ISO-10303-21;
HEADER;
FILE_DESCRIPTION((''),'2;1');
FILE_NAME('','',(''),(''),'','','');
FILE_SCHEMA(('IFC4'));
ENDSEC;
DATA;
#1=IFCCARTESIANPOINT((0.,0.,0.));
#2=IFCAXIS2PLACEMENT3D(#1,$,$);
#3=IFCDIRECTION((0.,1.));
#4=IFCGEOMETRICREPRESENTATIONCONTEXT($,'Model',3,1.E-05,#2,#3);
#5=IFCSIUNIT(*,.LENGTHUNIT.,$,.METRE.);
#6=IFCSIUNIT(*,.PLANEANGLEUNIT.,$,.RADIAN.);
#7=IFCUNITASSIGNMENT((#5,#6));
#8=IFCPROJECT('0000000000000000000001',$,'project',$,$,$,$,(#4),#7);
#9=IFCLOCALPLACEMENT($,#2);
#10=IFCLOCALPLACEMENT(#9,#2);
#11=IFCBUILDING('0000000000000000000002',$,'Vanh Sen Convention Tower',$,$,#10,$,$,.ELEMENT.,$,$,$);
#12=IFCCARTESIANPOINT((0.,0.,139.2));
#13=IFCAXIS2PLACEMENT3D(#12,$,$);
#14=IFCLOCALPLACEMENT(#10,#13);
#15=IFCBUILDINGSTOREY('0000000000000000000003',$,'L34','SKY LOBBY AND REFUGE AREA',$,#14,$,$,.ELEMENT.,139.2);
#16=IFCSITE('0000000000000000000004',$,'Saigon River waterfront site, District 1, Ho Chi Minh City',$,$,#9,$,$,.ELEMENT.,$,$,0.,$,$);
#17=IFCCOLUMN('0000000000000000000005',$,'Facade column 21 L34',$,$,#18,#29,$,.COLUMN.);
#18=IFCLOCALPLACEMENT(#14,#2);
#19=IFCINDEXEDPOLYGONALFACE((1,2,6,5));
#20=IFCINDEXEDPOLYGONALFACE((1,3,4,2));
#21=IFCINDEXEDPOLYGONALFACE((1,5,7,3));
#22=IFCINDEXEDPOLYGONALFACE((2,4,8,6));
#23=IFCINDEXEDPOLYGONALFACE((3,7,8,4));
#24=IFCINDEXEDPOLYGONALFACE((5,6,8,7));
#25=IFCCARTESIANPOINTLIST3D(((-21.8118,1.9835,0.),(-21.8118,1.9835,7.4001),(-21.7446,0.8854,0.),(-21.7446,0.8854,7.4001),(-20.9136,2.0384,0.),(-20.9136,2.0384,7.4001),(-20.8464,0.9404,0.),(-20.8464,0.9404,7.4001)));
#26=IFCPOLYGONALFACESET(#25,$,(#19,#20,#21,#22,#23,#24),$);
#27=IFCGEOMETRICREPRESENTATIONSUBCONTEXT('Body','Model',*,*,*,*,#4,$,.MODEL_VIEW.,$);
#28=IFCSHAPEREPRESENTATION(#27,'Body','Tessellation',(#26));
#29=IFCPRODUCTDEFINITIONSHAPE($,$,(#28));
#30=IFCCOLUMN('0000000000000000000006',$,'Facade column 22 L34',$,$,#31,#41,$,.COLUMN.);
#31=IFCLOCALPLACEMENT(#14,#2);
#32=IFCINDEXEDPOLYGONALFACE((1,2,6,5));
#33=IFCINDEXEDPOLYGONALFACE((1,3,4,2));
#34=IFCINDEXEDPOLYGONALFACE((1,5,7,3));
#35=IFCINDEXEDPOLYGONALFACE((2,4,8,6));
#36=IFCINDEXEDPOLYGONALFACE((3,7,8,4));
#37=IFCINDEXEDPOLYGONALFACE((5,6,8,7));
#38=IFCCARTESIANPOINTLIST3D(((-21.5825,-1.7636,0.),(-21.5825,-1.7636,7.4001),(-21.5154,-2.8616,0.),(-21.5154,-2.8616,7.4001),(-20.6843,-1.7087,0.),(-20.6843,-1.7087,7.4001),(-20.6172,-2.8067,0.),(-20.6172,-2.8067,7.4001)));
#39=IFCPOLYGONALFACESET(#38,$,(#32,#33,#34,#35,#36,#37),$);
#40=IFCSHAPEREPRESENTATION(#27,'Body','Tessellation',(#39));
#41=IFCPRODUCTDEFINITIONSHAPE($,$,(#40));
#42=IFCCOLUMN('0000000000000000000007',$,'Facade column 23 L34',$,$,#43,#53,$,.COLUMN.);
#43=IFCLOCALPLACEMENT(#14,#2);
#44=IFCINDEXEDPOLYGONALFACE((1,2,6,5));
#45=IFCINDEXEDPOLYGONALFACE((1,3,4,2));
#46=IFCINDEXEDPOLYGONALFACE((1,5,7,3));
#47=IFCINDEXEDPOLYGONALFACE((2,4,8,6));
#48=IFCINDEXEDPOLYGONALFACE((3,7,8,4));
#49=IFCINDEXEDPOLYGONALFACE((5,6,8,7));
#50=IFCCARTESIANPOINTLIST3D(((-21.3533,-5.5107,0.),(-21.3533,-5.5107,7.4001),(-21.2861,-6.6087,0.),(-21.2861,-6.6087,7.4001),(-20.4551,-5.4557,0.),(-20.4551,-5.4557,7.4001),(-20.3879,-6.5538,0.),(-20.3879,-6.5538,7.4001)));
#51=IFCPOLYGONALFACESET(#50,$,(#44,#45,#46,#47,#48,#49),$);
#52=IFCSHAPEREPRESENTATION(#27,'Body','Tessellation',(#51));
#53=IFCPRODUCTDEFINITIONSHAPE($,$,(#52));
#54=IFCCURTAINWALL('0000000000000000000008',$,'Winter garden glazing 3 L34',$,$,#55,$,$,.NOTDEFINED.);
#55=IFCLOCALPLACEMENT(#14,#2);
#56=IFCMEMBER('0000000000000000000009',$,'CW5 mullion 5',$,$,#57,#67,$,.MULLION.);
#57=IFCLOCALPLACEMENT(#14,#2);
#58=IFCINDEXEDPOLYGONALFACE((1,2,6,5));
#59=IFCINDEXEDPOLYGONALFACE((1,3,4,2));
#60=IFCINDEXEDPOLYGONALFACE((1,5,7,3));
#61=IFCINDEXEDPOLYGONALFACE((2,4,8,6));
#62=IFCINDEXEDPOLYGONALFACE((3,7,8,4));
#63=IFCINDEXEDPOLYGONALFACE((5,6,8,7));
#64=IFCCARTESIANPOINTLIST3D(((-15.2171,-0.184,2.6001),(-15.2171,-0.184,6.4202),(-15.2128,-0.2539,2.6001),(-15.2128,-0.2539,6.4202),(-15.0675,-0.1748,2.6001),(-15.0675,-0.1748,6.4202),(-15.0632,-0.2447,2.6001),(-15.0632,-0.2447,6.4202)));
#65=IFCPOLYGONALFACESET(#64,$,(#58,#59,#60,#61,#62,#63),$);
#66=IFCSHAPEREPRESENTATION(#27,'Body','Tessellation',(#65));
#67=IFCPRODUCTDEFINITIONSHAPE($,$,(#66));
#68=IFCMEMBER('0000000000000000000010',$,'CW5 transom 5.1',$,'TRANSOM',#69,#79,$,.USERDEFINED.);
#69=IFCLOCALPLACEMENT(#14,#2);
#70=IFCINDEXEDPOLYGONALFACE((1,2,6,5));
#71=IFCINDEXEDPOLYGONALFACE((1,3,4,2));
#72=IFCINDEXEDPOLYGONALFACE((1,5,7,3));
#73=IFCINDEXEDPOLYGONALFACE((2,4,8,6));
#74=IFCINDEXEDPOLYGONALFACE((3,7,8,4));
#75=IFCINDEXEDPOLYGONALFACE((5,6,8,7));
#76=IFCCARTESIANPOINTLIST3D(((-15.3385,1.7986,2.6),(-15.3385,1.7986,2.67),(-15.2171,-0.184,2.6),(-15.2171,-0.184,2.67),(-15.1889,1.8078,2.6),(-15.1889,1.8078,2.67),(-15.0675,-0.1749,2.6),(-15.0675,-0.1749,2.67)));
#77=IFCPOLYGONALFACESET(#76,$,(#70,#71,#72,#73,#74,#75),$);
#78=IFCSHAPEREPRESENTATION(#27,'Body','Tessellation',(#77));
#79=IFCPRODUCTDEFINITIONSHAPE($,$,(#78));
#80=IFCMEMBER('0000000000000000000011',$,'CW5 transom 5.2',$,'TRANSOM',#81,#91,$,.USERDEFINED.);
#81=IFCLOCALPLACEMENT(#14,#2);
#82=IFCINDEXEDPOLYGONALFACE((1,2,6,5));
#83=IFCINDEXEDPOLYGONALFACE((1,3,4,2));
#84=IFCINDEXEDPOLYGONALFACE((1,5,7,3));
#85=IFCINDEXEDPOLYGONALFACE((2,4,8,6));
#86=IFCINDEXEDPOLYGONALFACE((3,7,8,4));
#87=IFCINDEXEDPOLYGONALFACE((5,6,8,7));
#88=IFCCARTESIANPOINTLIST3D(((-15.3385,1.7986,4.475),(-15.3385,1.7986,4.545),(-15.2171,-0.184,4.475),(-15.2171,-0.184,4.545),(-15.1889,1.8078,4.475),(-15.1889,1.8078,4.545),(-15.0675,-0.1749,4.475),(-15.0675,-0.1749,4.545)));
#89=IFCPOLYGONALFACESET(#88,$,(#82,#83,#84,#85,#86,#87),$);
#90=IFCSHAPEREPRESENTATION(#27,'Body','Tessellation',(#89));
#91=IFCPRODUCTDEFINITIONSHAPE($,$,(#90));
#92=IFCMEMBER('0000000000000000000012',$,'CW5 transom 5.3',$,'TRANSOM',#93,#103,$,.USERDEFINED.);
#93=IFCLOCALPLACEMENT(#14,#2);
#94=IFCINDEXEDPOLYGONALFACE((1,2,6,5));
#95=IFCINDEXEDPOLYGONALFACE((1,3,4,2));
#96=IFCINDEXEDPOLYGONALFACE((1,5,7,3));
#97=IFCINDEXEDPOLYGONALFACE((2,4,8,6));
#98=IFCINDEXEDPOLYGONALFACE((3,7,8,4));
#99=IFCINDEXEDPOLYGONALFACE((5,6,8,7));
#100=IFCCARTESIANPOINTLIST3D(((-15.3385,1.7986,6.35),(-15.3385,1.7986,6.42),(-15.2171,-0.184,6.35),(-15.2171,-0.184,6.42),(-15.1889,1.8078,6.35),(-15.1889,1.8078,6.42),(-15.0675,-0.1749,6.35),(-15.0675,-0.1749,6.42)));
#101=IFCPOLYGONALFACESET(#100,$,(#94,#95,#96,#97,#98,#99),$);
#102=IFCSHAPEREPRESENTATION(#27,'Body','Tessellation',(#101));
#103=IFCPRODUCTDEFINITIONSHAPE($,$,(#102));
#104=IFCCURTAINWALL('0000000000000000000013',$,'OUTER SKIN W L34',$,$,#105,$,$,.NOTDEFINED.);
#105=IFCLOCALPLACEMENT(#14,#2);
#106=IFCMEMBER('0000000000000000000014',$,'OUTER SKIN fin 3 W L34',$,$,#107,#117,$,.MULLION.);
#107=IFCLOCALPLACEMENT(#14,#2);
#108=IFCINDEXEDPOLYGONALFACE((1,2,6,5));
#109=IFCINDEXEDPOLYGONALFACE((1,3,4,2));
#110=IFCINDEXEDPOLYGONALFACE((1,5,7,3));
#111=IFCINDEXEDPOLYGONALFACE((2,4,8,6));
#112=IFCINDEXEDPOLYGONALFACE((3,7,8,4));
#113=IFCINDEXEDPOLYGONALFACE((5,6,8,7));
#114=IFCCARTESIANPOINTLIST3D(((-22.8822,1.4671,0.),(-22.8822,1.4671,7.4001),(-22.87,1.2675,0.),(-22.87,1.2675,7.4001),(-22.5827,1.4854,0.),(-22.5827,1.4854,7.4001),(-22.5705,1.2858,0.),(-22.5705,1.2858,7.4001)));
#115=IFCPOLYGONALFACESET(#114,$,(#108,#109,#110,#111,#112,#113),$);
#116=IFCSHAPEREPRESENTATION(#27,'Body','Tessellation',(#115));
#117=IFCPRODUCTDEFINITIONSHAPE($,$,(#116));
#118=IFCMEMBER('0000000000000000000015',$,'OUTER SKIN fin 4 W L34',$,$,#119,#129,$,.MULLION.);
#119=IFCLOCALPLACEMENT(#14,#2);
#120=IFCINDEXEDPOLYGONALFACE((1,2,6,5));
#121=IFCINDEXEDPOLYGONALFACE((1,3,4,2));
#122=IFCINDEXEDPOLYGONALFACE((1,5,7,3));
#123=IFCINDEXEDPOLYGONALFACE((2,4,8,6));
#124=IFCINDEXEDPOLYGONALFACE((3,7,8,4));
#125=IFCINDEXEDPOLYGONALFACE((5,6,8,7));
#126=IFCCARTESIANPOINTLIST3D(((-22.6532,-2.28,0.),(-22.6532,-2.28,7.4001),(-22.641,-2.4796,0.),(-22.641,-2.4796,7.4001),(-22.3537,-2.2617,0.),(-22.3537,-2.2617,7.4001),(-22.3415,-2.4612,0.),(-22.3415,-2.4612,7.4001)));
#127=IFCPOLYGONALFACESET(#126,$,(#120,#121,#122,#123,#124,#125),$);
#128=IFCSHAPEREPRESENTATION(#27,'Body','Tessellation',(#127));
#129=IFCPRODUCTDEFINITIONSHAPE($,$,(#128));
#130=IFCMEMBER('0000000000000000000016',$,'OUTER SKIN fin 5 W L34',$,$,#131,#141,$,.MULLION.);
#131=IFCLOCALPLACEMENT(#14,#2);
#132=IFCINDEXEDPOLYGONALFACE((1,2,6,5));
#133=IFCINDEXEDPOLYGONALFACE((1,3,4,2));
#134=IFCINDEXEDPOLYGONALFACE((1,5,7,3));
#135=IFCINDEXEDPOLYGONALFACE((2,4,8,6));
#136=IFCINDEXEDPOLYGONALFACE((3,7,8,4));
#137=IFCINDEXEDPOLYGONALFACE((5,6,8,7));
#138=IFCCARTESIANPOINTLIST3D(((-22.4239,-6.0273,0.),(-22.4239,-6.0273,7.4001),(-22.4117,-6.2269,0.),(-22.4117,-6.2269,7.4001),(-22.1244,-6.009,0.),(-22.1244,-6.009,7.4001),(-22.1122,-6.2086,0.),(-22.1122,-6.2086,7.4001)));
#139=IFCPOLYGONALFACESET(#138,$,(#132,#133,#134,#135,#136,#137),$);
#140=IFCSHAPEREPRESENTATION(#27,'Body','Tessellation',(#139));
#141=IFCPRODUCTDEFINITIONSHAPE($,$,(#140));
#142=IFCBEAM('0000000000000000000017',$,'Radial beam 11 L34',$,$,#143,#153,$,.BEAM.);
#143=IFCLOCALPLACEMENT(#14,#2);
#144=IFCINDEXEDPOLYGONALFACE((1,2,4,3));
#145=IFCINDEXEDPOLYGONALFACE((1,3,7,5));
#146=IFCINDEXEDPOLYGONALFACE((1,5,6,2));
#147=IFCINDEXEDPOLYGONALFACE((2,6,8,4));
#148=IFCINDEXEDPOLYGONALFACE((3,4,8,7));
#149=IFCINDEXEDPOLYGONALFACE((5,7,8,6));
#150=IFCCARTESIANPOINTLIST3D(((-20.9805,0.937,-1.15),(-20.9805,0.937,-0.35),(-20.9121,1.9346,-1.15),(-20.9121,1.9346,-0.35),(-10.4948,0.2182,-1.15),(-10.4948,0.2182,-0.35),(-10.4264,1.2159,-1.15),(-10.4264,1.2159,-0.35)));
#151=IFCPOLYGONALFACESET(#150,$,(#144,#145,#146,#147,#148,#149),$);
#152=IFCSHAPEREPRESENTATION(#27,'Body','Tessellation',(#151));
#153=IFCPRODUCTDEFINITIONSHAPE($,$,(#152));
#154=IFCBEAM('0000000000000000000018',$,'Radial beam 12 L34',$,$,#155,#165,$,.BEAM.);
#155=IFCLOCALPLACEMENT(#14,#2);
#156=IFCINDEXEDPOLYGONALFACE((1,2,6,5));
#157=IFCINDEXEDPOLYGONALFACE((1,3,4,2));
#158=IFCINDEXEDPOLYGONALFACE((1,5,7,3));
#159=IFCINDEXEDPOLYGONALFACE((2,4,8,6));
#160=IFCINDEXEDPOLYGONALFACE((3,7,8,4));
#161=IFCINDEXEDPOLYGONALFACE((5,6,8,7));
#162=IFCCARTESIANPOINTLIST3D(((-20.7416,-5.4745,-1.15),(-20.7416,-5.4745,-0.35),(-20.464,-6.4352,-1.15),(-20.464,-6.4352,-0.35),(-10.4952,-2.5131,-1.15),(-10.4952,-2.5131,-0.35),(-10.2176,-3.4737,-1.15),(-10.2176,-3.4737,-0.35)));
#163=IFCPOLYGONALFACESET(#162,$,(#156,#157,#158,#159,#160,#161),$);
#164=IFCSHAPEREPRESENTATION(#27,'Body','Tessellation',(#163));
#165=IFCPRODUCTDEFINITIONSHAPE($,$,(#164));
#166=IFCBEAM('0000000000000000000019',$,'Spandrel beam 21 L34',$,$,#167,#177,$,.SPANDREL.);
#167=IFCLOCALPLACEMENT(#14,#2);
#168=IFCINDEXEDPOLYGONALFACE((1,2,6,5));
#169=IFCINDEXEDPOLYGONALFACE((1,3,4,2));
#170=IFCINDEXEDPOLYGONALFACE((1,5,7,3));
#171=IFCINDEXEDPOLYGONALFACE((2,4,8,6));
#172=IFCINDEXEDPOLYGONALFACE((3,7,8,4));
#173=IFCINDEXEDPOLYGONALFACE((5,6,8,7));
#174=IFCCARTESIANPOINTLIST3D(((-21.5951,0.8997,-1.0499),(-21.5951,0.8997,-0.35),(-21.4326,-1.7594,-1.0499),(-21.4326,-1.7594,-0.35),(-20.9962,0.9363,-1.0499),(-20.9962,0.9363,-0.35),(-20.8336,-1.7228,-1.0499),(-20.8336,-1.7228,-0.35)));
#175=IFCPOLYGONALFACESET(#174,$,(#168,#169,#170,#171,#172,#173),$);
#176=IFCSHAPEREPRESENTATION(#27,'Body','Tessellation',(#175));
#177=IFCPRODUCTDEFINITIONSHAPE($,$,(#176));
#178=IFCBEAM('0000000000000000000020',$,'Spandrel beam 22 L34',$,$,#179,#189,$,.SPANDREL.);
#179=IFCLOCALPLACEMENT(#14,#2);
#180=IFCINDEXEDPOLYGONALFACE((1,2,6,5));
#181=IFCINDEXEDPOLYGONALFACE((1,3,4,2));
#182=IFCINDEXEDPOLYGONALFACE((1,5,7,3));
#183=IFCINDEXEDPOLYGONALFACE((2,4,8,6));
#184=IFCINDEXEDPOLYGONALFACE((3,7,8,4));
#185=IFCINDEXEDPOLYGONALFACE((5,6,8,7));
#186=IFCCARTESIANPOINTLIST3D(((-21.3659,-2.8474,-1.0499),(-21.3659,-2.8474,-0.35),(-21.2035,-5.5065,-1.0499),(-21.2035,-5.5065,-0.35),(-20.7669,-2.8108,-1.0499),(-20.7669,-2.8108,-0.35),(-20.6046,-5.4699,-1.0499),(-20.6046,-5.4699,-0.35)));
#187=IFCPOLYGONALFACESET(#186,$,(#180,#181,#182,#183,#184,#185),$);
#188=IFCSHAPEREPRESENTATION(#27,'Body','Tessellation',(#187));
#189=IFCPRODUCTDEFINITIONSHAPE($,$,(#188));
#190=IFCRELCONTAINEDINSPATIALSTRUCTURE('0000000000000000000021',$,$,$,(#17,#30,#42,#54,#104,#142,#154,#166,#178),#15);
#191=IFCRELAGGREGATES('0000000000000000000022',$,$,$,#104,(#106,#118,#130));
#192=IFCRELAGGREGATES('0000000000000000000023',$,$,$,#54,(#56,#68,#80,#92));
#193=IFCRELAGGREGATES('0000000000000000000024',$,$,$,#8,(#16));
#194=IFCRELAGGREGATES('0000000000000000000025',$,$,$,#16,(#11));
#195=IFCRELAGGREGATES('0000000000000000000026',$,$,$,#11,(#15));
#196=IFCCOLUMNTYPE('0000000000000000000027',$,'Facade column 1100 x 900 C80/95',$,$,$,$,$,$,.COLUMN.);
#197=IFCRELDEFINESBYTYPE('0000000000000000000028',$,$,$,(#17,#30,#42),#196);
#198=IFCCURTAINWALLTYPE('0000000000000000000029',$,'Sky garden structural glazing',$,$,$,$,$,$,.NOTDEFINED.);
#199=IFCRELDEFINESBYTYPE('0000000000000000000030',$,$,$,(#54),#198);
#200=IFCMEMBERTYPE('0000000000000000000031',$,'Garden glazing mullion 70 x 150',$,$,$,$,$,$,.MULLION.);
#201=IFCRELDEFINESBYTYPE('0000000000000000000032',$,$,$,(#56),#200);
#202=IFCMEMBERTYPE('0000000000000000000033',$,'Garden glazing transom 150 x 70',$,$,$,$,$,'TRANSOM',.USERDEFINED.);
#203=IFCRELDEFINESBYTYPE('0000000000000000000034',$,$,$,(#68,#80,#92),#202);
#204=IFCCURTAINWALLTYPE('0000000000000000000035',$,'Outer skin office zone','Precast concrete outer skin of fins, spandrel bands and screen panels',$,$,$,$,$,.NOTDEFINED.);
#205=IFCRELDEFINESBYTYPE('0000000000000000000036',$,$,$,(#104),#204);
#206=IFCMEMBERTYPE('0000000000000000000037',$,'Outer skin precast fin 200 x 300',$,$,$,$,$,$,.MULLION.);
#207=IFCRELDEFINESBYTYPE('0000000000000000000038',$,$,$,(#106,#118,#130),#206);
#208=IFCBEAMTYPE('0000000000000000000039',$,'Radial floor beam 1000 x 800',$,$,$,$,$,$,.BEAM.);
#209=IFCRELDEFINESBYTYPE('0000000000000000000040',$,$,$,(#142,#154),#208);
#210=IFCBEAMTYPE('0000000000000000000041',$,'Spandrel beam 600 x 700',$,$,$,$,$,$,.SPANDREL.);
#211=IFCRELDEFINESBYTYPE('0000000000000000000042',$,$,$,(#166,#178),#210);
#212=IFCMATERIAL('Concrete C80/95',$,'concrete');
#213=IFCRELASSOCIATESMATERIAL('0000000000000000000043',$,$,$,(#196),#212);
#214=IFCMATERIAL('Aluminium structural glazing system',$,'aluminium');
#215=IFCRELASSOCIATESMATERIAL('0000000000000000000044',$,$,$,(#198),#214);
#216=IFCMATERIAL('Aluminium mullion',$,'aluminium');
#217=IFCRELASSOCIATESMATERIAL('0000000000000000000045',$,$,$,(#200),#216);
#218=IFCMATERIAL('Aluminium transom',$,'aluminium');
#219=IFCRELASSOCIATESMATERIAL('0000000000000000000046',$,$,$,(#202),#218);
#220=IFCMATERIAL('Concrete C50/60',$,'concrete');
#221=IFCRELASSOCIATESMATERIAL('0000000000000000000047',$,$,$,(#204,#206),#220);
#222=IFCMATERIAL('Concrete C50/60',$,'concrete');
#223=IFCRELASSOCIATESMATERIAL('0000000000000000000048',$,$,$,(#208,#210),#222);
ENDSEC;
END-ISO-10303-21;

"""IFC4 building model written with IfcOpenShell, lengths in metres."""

from ifc_helpers import new_model, si_unit, direction, frame, origin, origin_2d, place, context, subcontext, project, spatial, rectangle, extrude, material, material_profile, profile_set, type_object, element, aggregate, save


model = new_model("IFC4")

# Units and contexts
model_context = context("Model", 3, precision=1e-05, world=origin(), true_north=direction((0.0, 1.0)))
body_context = subcontext(model_context, "Body", "Model", "MODEL_VIEW")
ifc_project = project(units=[si_unit("LENGTHUNIT", "METRE"), si_unit("PLANEANGLEUNIT", "RADIAN")], contexts=[model_context])

# Site, building, storey
site_placement = place(None, origin())
site = spatial("IfcSite", under=ifc_project, at=site_placement, Name="Saigon River waterfront site, District 1, Ho Chi Minh City", CompositionType="ELEMENT", RefElevation=0.0)
building_placement = place(site_placement, origin())
building = spatial("IfcBuilding", under=site, at=building_placement, Name="Vanh Sen Convention Tower", CompositionType="ELEMENT")
storey_placement = place(building_placement, frame((0.0, 0.0, 139.2)))
storey = spatial("IfcBuildingStorey", under=building, at=storey_placement, Name="L34", Description="SKY LOBBY AND REFUGE AREA", CompositionType="ELEMENT", Elevation=139.2)

# Columns
ifc_material_1 = material(Name="Concrete C80/95", Category="concrete")
ifc_material_profile_1 = material_profile(ifc_material_1, rectangle(XDim=1.1001, YDim=0.8999, at=origin_2d()), Name="RC 1100X900")
ifc_profile_set_1 = profile_set([ifc_material_profile_1], Name="Concrete C80/95")
column_type = type_object("IfcColumnType", Name="Facade column 1100 x 900 C80/95", PredefinedType="COLUMN", material=ifc_profile_set_1)
for number, where, z_axis, x_axis, name in (
    (1, (-21.3291, 1.4619, 0.0), (0.0, 0.0, 1.0), (0.061049, -0.998135, 0.0), "Facade column 21 L34"),
    (2, (-21.0999, -2.2852, 0.0), (0.0, 0.0, 1.0), (0.061049, -0.998135, 0.0), "Facade column 22 L34"),
    (3, (-20.8706, -6.0322, 0.0), (0.0, 0.0, 1.0), (0.061049, -0.998135, 0.0), "Facade column 23 L34"),
):
    element("IfcColumn", number, at=place(storey_placement, frame(where, z_axis=z_axis, x_axis=x_axis)), inside=storey, type_object=column_type, Name=name, PredefinedType="COLUMN", context=body_context, shape_type="SweptSolid", body=[
        extrude(rectangle(XDim=1.1001, YDim=0.8999, at=origin_2d()), origin(), (0.0, 0.0, 1.0), 7.4001),
    ])

# Curtain walls, members
ifc_material_2 = material(Name="Aluminium structural glazing system", Category="aluminium")
curtain_wall_type_1 = type_object("IfcCurtainWallType", Name="Sky garden structural glazing", PredefinedType="NOTDEFINED", material=ifc_material_2)
curtain_wall_1_placement = place(storey_placement, origin())
curtain_wall_1 = element("IfcCurtainWall", 4, at=curtain_wall_1_placement, inside=storey, type_object=curtain_wall_type_1, Name="Winter garden glazing 3 L34", PredefinedType="NOTDEFINED")
ifc_material_3 = material(Name="Aluminium mullion", Category="aluminium")
ifc_material_profile_2 = material_profile(ifc_material_3, rectangle(XDim=0.1499, YDim=0.0701, at=origin_2d()), Name="Garden glazing mullion 70 x 150")
ifc_profile_set_2 = profile_set([ifc_material_profile_2], Name="Aluminium mullion")
member_type_1 = type_object("IfcMemberType", Name="Garden glazing mullion 70 x 150", PredefinedType="MULLION", material=ifc_profile_set_2)
member_1_placement = place(storey_placement, frame((-15.1401, -0.2144, 2.6001), z_axis=(0.0, 0.0, 1.0), x_axis=(-0.998135, -0.061047, 0.0)))
member_1 = element("IfcMember", 5, at=member_1_placement, type_object=member_type_1, Name="CW5 mullion 5", PredefinedType="MULLION", context=body_context, shape_type="SweptSolid", body=[
    extrude(rectangle(XDim=0.1499, YDim=0.0701, at=origin_2d()), origin(), (0.0, 0.0, 1.0), 3.8201),
])
ifc_material_4 = material(Name="Aluminium transom", Category="aluminium")
ifc_material_profile_3 = material_profile(ifc_material_4, rectangle(XDim=0.1499, YDim=0.0701, at=origin_2d()), Name="Garden glazing transom 150 x 70")
ifc_profile_set_3 = profile_set([ifc_material_profile_3], Name="Aluminium transom")
member_type_2 = type_object("IfcMemberType", Name="Garden glazing transom 150 x 70", ElementType="TRANSOM", PredefinedType="USERDEFINED", material=ifc_profile_set_3)
member_2_placement = place(storey_placement, frame((-15.1423, -0.1794, 2.635), z_axis=(-0.061085, 0.998133, 0.0), x_axis=(-0.998133, -0.061085, 0.0)))
member_2 = element("IfcMember", 6, at=member_2_placement, type_object=member_type_2, Name="CW5 transom 5.1", ObjectType="TRANSOM", PredefinedType="USERDEFINED", context=body_context, shape_type="SweptSolid", body=[
    extrude(rectangle(XDim=0.1499, YDim=0.0701, at=origin_2d()), origin(), (0.0, 0.0, 1.0), 1.9863),
])
member_3_placement = place(storey_placement, frame((-15.1423, -0.1794, 4.51), z_axis=(-0.061085, 0.998133, 0.0), x_axis=(-0.998133, -0.061085, 0.0)))
member_3 = element("IfcMember", 7, at=member_3_placement, type_object=member_type_2, Name="CW5 transom 5.2", ObjectType="TRANSOM", PredefinedType="USERDEFINED", context=body_context, shape_type="SweptSolid", body=[
    extrude(rectangle(XDim=0.1499, YDim=0.0701, at=origin_2d()), origin(), (0.0, 0.0, 1.0), 1.9863),
])
member_4_placement = place(storey_placement, frame((-15.1423, -0.1794, 6.385), z_axis=(-0.061085, 0.998133, 0.0), x_axis=(-0.998133, -0.061085, 0.0)))
member_4 = element("IfcMember", 8, at=member_4_placement, type_object=member_type_2, Name="CW5 transom 5.3", ObjectType="TRANSOM", PredefinedType="USERDEFINED", context=body_context, shape_type="SweptSolid", body=[
    extrude(rectangle(XDim=0.1499, YDim=0.0701, at=origin_2d()), origin(), (0.0, 0.0, 1.0), 1.9863),
])
ifc_material_5 = material(Name="Concrete C50/60", Category="concrete")
curtain_wall_type_2 = type_object("IfcCurtainWallType", Name="Outer skin office zone", Description="Precast concrete outer skin of fins, spandrel bands and screen panels", PredefinedType="NOTDEFINED", material=ifc_material_5)
curtain_wall_2_placement = place(storey_placement, origin())
curtain_wall_2 = element("IfcCurtainWall", 9, at=curtain_wall_2_placement, inside=storey, type_object=curtain_wall_type_2, Name="OUTER SKIN W L34", PredefinedType="NOTDEFINED")
ifc_material_profile_4 = material_profile(ifc_material_5, rectangle(XDim=0.2, YDim=0.3, at=origin_2d()), Name="Outer skin precast fin 200 x 300")
ifc_profile_set_4 = profile_set([ifc_material_profile_4], Name="Concrete C50/60")
member_type_3 = type_object("IfcMemberType", Name="Outer skin precast fin 200 x 300", PredefinedType="MULLION", material=ifc_profile_set_4)
member_5_placement = place(storey_placement, frame((-22.7263, 1.3765, 0.0), z_axis=(0.0, 0.0, 1.0), x_axis=(0.061049, -0.998135, 0.0)))
member_5 = element("IfcMember", 10, at=member_5_placement, type_object=member_type_3, Name="OUTER SKIN fin 3 W L34", PredefinedType="MULLION", context=body_context, shape_type="SweptSolid", body=[
    extrude(rectangle(XDim=0.2, YDim=0.3, at=origin_2d()), origin(), (0.0, 0.0, 1.0), 7.4001),
])
member_6_placement = place(storey_placement, frame((-22.4973, -2.3706, 0.0), z_axis=(0.0, 0.0, 1.0), x_axis=(0.061049, -0.998135, 0.0)))
member_6 = element("IfcMember", 11, at=member_6_placement, type_object=member_type_3, Name="OUTER SKIN fin 4 W L34", PredefinedType="MULLION", context=body_context, shape_type="SweptSolid", body=[
    extrude(rectangle(XDim=0.2, YDim=0.3, at=origin_2d()), origin(), (0.0, 0.0, 1.0), 7.4001),
])
member_7_placement = place(storey_placement, frame((-22.2681, -6.1179, 0.0), z_axis=(0.0, 0.0, 1.0), x_axis=(0.061049, -0.998135, 0.0)))
member_7 = element("IfcMember", 12, at=member_7_placement, type_object=member_type_3, Name="OUTER SKIN fin 5 W L34", PredefinedType="MULLION", context=body_context, shape_type="SweptSolid", body=[
    extrude(rectangle(XDim=0.2, YDim=0.3, at=origin_2d()), origin(), (0.0, 0.0, 1.0), 7.4001),
])
aggregate(curtain_wall_2, [member_5, member_6, member_7])

# Beams
ifc_material_6 = material(Name="Concrete C50/60", Category="concrete")
ifc_material_profile_5 = material_profile(ifc_material_6, rectangle(XDim=1.0, YDim=0.8, at=origin_2d()), Name="RC 1000X800")
ifc_profile_set_5 = profile_set([ifc_material_profile_5], Name="Concrete C50/60")
beam_type_1 = type_object("IfcBeamType", Name="Radial floor beam 1000 x 800", PredefinedType="BEAM", material=ifc_profile_set_5)
beam_1_placement = place(storey_placement, frame((-20.9463, 1.4358, -0.75), z_axis=(0.997659, -0.068386, 0.0), x_axis=(0.068386, 0.997659, 0.0)))
element("IfcBeam", 13, at=beam_1_placement, inside=storey, type_object=beam_type_1, Name="Radial beam 11 L34", PredefinedType="BEAM", context=body_context, shape_type="SweptSolid", body=[
    extrude(rectangle(XDim=1.0, YDim=0.8, at=origin_2d()), origin(), (0.0, 0.0, 1.0), 10.5103),
])
beam_2_placement = place(storey_placement, frame((-20.6028, -5.9548, -0.75), z_axis=(0.96068, 0.277658, 0.0), x_axis=(-0.277658, 0.96068, 0.0)))
element("IfcBeam", 14, at=beam_2_placement, inside=storey, type_object=beam_type_1, Name="Radial beam 12 L34", PredefinedType="BEAM", context=body_context, shape_type="SweptSolid", body=[
    extrude(rectangle(XDim=1.0, YDim=0.8, at=origin_2d()), origin(), (0.0, 0.0, 1.0), 10.6658),
])
ifc_material_profile_6 = material_profile(ifc_material_6, rectangle(XDim=0.6001, YDim=0.7, at=origin_2d()), Name="RC 600X700")
ifc_profile_set_6 = profile_set([ifc_material_profile_6], Name="Concrete C50/60")
beam_type_2 = type_object("IfcBeamType", Name="Spandrel beam 600 x 700", PredefinedType="SPANDREL", material=ifc_profile_set_6)
for number, where, z_axis, x_axis, name in (
    (15, (-21.2957, 0.918, -0.7), (0.061032, -0.998136, 0.0), (0.998136, 0.061032, 0.0), "Spandrel beam 21 L34"),
    (16, (-21.0664, -2.8291, -0.7), (0.060941, -0.998141, 0.0), (0.998141, 0.060941, 0.0), "Spandrel beam 22 L34"),
):
    element("IfcBeam", number, at=place(storey_placement, frame(where, z_axis=z_axis, x_axis=x_axis)), inside=storey, type_object=beam_type_2, Name=name, PredefinedType="SPANDREL", context=body_context, shape_type="SweptSolid", body=[
        extrude(rectangle(XDim=0.6001, YDim=0.7, at=origin_2d()), origin(), (0.0, 0.0, 1.0), 2.6641),
    ])

aggregate(curtain_wall_1, [member_1, member_2, member_3, member_4])

save(model, "model.ifc")
